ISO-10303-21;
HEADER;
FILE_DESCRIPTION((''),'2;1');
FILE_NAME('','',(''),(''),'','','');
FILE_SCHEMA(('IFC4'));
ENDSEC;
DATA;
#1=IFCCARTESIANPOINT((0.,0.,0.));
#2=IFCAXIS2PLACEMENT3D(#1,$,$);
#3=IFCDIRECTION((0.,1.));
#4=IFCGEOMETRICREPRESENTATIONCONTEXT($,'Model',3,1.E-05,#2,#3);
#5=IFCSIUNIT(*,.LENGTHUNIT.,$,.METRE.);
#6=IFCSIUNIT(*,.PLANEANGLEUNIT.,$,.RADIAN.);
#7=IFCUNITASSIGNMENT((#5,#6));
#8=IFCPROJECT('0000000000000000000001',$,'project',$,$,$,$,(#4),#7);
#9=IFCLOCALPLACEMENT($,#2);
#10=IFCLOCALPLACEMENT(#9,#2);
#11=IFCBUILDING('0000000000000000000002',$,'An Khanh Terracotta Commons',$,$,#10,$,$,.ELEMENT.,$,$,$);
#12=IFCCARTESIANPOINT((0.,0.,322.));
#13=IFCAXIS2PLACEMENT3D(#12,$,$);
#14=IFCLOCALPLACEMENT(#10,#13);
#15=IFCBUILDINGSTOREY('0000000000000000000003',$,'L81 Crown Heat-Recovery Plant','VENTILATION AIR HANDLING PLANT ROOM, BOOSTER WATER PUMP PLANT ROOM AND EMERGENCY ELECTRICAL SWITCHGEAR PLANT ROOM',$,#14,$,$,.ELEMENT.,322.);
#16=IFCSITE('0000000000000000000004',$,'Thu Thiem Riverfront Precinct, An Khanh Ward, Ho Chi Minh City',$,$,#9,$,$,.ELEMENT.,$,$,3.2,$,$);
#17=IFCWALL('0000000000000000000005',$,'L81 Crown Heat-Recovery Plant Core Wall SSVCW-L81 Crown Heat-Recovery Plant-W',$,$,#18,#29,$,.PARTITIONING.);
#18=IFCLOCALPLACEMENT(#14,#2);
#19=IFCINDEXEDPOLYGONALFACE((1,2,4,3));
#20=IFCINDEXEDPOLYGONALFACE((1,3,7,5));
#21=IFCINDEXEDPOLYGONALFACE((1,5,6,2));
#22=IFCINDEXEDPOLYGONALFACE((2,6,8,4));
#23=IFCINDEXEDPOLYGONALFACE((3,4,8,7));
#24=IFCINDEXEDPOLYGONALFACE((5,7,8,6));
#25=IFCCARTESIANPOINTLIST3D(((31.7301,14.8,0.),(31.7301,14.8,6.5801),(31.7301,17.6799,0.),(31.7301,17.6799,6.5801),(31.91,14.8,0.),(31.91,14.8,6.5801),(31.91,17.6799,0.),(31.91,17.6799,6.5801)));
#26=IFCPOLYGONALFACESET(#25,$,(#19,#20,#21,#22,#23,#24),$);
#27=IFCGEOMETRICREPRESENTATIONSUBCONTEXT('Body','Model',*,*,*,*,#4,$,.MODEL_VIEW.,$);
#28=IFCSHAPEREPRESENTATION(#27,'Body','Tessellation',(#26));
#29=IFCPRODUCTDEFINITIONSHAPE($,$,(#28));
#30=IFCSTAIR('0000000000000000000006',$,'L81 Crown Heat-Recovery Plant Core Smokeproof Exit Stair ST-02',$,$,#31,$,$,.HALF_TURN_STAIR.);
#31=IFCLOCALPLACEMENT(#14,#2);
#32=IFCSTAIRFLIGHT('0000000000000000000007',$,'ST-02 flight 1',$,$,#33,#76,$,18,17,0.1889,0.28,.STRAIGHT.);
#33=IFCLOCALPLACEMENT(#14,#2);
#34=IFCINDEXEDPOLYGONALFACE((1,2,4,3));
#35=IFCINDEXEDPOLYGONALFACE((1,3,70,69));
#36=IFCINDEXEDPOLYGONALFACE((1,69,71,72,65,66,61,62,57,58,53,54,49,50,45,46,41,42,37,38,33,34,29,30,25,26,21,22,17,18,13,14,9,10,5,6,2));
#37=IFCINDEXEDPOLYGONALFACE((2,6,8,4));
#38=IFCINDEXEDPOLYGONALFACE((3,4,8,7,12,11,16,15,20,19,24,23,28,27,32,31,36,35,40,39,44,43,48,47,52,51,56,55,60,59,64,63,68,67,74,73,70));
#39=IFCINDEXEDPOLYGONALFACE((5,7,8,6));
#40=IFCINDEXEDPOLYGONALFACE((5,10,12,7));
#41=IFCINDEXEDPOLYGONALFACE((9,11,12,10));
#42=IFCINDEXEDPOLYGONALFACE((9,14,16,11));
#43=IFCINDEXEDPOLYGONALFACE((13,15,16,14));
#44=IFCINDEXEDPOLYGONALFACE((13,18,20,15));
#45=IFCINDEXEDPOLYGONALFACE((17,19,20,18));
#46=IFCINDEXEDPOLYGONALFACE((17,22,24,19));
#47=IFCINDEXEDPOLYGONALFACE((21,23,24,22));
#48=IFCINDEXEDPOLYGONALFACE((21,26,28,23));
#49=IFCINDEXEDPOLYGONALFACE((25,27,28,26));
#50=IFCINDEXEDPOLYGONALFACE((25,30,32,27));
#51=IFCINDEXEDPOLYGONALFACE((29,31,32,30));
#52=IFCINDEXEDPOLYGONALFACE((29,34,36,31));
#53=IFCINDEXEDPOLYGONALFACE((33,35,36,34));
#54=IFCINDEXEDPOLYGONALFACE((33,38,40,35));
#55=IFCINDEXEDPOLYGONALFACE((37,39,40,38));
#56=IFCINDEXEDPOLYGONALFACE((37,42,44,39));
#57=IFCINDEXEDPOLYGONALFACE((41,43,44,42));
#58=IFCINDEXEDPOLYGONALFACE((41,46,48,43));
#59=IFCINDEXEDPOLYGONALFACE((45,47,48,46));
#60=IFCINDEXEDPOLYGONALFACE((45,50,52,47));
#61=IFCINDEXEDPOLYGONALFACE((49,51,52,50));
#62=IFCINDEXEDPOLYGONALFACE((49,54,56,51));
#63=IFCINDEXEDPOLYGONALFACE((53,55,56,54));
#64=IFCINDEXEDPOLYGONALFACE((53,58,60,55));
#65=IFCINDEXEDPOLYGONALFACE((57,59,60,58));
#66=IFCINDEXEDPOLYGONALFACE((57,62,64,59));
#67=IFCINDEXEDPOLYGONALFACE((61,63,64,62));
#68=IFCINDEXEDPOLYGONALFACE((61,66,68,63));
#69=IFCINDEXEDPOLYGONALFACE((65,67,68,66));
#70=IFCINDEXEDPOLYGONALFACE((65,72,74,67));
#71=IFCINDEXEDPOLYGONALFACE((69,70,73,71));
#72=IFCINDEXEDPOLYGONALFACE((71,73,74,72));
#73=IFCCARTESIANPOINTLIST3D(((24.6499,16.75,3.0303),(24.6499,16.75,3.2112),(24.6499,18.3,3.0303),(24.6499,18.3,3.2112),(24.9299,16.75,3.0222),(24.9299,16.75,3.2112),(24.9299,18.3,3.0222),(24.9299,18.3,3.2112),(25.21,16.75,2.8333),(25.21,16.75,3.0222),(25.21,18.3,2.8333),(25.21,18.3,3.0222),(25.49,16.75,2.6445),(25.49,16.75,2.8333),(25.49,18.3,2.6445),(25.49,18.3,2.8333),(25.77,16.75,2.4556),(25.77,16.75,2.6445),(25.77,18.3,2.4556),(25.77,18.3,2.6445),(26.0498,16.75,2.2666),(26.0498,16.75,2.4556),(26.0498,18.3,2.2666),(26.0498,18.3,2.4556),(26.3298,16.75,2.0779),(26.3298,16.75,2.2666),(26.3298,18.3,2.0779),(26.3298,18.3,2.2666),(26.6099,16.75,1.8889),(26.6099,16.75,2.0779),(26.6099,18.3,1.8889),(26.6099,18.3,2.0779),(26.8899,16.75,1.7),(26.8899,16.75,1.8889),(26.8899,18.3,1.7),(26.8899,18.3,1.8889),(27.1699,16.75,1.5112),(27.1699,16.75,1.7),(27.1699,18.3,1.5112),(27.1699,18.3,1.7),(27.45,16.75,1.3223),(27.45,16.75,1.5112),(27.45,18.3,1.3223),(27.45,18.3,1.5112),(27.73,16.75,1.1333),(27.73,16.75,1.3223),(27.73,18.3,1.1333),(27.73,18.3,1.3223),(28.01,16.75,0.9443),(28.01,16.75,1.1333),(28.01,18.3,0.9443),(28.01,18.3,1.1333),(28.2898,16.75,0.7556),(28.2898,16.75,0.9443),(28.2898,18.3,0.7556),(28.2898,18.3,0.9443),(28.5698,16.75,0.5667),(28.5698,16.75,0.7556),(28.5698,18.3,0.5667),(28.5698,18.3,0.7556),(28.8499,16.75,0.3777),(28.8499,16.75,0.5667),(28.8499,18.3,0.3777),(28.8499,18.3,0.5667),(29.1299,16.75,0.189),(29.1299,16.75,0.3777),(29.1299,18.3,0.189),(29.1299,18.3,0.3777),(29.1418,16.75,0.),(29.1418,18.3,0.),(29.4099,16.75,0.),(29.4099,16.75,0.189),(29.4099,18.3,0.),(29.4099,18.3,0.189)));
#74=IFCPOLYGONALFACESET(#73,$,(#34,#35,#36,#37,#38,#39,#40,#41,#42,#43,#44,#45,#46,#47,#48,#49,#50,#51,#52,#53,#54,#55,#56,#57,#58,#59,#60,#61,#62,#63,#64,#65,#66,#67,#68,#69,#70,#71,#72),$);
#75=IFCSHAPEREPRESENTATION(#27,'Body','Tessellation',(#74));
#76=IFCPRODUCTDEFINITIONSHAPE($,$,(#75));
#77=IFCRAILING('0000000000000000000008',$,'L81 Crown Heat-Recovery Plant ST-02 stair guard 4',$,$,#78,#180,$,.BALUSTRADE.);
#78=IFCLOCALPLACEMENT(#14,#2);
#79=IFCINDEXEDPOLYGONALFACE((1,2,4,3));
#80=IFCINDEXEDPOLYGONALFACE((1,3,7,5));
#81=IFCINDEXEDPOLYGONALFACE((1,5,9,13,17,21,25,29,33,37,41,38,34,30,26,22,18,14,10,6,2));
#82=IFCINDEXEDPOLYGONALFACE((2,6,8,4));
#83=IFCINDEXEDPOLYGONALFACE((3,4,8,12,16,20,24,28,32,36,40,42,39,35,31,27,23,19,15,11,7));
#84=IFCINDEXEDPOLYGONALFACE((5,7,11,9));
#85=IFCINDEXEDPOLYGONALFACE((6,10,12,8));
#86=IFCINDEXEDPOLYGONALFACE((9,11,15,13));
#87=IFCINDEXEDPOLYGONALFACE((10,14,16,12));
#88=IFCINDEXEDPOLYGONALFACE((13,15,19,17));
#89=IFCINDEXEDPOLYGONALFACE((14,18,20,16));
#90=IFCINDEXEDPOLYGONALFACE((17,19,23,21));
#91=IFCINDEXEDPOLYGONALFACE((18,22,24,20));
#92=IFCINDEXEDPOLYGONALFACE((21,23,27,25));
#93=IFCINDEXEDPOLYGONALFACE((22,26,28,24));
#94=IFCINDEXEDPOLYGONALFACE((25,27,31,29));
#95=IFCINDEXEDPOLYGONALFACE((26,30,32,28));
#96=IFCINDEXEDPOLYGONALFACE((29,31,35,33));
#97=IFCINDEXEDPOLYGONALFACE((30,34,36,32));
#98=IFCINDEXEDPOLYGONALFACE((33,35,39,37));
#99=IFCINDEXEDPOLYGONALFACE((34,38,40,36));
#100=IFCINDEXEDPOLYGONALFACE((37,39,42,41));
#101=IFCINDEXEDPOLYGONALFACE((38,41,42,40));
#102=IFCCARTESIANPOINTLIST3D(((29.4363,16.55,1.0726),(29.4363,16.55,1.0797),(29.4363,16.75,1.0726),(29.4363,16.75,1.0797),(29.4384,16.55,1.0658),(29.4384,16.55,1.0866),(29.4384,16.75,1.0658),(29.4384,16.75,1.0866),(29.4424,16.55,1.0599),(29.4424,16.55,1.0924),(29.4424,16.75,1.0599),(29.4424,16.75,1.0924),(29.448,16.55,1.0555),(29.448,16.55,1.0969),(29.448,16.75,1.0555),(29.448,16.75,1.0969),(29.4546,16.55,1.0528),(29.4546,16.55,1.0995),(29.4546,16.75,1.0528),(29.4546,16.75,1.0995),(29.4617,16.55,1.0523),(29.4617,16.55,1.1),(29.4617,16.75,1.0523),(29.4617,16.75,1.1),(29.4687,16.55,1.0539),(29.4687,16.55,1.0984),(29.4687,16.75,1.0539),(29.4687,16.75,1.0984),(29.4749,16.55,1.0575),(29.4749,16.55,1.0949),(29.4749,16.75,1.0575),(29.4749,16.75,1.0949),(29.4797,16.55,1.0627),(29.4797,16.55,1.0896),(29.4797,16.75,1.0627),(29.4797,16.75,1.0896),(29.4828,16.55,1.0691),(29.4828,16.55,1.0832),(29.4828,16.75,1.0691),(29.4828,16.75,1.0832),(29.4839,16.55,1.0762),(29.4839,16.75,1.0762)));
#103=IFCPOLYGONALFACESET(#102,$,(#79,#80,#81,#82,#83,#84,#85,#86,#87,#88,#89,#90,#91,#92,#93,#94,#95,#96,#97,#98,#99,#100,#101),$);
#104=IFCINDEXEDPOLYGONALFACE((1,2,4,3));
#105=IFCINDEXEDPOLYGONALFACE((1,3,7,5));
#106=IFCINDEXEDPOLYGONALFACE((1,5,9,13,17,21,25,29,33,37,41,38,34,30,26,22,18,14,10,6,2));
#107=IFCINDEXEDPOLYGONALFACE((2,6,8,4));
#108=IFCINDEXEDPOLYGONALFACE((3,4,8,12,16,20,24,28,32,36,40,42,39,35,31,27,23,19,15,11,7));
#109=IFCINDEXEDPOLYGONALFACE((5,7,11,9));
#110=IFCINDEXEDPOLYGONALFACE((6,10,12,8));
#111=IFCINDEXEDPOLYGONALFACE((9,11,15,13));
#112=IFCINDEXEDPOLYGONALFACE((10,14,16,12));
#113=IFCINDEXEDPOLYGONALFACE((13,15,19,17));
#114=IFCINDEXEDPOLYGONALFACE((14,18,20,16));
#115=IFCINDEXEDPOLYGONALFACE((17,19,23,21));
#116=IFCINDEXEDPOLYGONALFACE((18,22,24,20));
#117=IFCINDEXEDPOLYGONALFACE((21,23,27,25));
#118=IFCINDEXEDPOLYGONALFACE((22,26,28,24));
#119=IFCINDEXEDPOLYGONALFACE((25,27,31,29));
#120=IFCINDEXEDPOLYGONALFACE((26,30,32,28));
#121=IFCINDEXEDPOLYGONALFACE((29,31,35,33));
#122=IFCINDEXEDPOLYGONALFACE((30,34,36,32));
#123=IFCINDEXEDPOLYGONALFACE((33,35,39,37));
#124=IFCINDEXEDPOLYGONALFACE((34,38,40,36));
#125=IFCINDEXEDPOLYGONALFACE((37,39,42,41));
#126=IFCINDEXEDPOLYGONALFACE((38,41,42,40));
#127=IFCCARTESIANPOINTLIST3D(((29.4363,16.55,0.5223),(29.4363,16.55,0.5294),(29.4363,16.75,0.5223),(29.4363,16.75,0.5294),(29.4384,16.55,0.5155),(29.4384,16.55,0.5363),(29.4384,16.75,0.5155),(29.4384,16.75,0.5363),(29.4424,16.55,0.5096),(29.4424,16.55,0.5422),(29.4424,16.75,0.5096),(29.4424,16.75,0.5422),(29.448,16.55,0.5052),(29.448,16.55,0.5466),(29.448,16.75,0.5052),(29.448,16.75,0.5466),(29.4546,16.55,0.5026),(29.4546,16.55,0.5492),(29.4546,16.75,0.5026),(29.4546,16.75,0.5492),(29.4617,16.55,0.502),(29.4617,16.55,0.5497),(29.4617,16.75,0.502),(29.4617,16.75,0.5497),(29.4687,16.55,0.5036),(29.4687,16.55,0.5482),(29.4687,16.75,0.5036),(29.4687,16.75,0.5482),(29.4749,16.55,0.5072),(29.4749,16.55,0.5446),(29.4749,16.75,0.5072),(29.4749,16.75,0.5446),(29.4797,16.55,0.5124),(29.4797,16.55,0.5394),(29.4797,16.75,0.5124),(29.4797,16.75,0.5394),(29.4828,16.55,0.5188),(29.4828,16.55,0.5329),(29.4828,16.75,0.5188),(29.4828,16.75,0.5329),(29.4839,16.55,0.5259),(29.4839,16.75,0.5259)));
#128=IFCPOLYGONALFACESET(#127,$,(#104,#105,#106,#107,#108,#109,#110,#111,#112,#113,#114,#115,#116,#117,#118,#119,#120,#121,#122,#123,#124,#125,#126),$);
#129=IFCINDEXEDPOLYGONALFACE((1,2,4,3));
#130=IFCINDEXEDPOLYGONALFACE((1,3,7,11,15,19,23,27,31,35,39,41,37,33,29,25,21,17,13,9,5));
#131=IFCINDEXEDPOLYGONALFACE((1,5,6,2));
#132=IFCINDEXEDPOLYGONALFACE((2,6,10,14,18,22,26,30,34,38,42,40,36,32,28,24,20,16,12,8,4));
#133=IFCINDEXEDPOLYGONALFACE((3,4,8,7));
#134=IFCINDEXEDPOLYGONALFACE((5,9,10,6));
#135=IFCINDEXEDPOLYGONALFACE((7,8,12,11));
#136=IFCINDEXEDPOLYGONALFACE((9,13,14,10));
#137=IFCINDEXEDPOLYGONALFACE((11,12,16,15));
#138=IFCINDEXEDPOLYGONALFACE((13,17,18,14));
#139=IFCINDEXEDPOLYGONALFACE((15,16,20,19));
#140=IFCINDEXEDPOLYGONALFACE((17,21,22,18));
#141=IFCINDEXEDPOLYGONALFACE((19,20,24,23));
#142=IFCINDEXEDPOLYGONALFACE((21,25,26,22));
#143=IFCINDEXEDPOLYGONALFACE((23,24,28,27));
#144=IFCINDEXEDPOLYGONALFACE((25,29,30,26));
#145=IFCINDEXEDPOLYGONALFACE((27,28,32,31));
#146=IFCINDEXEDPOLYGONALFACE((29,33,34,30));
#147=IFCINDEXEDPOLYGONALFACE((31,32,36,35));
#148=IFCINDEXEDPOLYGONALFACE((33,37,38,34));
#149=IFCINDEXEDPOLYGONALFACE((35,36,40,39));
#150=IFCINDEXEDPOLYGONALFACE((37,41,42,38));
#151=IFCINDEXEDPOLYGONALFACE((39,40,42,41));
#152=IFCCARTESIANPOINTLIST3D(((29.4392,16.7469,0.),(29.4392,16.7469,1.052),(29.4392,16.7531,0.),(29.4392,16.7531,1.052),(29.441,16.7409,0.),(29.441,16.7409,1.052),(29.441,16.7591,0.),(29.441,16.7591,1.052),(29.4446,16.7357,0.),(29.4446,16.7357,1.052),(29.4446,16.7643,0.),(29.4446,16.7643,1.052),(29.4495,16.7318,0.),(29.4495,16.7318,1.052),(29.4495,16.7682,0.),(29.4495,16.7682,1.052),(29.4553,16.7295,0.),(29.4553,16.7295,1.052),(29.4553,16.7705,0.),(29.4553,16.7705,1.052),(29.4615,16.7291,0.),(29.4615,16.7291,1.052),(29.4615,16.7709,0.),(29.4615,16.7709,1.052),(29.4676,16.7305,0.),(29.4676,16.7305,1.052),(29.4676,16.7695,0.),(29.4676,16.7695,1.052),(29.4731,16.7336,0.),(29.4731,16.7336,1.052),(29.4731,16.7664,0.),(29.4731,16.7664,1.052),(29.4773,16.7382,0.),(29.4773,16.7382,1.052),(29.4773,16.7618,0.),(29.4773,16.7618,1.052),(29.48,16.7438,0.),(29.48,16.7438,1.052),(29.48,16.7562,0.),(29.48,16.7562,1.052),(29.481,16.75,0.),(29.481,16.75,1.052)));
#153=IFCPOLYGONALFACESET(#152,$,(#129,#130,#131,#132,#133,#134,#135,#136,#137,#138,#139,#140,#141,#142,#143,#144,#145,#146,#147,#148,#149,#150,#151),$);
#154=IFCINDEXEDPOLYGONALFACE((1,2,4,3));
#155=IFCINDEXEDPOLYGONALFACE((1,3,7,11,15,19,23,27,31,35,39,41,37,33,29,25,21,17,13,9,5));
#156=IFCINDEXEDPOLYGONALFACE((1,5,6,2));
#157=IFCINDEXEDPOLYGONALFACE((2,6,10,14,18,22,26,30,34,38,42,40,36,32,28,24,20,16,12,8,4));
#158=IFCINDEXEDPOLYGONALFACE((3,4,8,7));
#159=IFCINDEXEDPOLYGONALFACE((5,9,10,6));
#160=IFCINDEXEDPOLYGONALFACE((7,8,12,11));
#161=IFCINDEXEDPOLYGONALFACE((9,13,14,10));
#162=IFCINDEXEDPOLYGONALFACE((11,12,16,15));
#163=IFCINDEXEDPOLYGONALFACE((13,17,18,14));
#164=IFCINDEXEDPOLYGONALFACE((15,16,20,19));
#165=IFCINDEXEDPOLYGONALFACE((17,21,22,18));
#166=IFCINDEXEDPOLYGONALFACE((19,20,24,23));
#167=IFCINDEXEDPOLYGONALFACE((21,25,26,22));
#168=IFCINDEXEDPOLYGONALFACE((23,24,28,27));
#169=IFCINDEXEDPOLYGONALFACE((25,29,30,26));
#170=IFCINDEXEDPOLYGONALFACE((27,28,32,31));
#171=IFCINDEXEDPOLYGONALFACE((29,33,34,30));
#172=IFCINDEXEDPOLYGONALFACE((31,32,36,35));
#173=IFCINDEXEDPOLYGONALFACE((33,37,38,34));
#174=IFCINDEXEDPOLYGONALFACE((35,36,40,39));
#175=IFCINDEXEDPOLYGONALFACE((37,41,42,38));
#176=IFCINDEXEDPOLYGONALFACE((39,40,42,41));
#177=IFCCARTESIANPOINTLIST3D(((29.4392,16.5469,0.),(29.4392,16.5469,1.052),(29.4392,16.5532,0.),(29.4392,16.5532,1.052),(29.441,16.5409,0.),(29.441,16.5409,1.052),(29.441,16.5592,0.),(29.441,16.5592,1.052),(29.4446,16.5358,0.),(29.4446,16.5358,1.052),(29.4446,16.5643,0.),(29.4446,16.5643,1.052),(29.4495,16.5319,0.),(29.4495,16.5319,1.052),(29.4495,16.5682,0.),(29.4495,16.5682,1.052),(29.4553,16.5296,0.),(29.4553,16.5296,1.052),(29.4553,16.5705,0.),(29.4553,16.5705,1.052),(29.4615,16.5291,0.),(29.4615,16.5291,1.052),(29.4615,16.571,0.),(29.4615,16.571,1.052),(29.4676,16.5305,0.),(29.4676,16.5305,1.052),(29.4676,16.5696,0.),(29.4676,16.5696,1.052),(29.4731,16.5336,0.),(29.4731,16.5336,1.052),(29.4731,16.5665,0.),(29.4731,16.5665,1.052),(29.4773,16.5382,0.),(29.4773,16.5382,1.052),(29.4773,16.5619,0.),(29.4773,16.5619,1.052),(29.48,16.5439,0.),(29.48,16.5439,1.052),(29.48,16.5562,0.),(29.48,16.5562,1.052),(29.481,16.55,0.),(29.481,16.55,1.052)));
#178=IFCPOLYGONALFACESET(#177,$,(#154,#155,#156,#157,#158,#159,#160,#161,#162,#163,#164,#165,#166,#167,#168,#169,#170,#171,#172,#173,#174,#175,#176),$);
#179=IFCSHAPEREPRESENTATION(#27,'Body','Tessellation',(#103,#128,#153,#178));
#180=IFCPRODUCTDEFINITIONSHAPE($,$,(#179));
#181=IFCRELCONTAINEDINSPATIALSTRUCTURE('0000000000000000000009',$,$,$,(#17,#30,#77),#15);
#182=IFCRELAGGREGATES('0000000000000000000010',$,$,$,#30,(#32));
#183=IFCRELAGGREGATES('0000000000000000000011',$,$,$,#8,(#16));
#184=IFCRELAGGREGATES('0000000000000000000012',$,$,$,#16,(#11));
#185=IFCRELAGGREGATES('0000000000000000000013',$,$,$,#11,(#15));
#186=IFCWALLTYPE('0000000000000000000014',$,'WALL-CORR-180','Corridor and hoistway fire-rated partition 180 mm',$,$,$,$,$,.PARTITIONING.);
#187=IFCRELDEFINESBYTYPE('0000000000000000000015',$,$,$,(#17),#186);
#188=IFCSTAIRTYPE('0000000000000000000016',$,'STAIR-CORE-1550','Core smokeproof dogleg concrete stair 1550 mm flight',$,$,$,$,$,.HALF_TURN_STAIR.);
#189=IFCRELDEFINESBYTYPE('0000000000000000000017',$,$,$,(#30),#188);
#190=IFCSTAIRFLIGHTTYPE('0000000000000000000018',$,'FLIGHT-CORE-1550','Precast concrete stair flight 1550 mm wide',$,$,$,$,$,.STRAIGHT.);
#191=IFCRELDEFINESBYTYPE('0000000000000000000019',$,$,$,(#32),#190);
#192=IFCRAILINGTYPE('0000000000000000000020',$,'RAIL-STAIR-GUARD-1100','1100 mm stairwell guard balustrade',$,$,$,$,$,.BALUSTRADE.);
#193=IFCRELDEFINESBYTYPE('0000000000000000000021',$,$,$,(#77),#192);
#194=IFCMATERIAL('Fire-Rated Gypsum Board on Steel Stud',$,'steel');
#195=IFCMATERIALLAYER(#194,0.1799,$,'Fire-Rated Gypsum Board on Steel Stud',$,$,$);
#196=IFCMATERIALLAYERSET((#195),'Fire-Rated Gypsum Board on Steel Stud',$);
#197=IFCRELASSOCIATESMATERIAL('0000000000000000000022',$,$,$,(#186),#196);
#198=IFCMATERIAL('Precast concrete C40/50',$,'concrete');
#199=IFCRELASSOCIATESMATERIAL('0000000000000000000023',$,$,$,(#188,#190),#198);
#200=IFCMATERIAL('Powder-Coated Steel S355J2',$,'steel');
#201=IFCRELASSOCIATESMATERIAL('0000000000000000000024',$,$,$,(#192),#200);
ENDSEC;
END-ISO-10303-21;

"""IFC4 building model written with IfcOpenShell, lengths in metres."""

from ifc_helpers import new_model, si_unit, direction, frame, frame_2d, origin, origin_2d, place, context, subcontext, project, spatial, polyline, rectangle, circle, outline, extrude, material, layer, layer_set, type_object, element, aggregate, save


model = new_model("IFC4")

# Units and contexts
model_context = context("Model", 3, precision=1e-05, world=origin(), true_north=direction((0.0, 1.0)))
body_context = subcontext(model_context, "Body", "Model", "MODEL_VIEW")
ifc_project = project(units=[si_unit("LENGTHUNIT", "METRE"), si_unit("PLANEANGLEUNIT", "RADIAN")], contexts=[model_context])

# Site, building, storey
site_placement = place(None, origin())
site = spatial("IfcSite", under=ifc_project, at=site_placement, Name="Thu Thiem Riverfront Precinct, An Khanh Ward, Ho Chi Minh City", CompositionType="ELEMENT", RefElevation=3.2)
building_placement = place(site_placement, origin())
building = spatial("IfcBuilding", under=site, at=building_placement, Name="An Khanh Terracotta Commons", CompositionType="ELEMENT")
storey_placement = place(building_placement, frame((0.0, 0.0, 322.0)))
storey = spatial("IfcBuildingStorey", under=building, at=storey_placement, Name="L81 Crown Heat-Recovery Plant", Description="VENTILATION AIR HANDLING PLANT ROOM, BOOSTER WATER PUMP PLANT ROOM AND EMERGENCY ELECTRICAL SWITCHGEAR PLANT ROOM", CompositionType="ELEMENT", Elevation=322.0)

# Wall
ifc_material_1 = material(Name="Fire-Rated Gypsum Board on Steel Stud", Category="steel")
ifc_layer_1 = layer(ifc_material_1, 0.1799, Name="Fire-Rated Gypsum Board on Steel Stud")
ifc_layer_set_1 = layer_set([ifc_layer_1], Name="Fire-Rated Gypsum Board on Steel Stud")
wall_type_1 = type_object("IfcWallType", Name="WALL-CORR-180", Description="Corridor and hoistway fire-rated partition 180 mm", PredefinedType="PARTITIONING", material=ifc_layer_set_1)
wall_1_placement = place(storey_placement, frame((31.8201, 14.8, 0.0), z_axis=(0.0, 0.0, 1.0), x_axis=(0.0, 1.0, 0.0)))
element("IfcWall", 1, at=wall_1_placement, inside=storey, type_object=wall_type_1, Name="L81 Crown Heat-Recovery Plant Core Wall SSVCW-L81 Crown Heat-Recovery Plant-W", PredefinedType="PARTITIONING", context=body_context, shape_type="SweptSolid", body=[
    extrude(rectangle(XDim=2.8799, YDim=0.1799, at=frame_2d((1.4399, 0.0))), origin(), (0.0, 0.0, 1.0), 6.5801),
])

# Stair, stair flight
ifc_material_2 = material(Name="Precast concrete C40/50", Category="concrete")
stair_type = type_object("IfcStairType", Name="STAIR-CORE-1550", Description="Core smokeproof dogleg concrete stair 1550 mm flight", PredefinedType="HALF_TURN_STAIR", material=ifc_material_2)
stair_placement = place(storey_placement, origin())
stair = element("IfcStair", 2, at=stair_placement, inside=storey, type_object=stair_type, Name="L81 Crown Heat-Recovery Plant Core Smokeproof Exit Stair ST-02", PredefinedType="HALF_TURN_STAIR")
stair_flight_type = type_object("IfcStairFlightType", Name="FLIGHT-CORE-1550", Description="Precast concrete stair flight 1550 mm wide", PredefinedType="STRAIGHT", material=ifc_material_2)
stair_flight_placement = place(storey_placement, frame((29.4099, 17.5249, 0.0), z_axis=(0.0, 0.0, 1.0), x_axis=(-1.0, 0.0, 0.0)))
stair_flight = element("IfcStairFlight", 3, at=stair_flight_placement, type_object=stair_flight_type, Name="ST-02 flight 1", NumberOfRisers=18, NumberOfTreads=17, PredefinedType="STRAIGHT", RiserHeight=0.1889, TreadLength=0.28, context=body_context, shape_type="SweptSolid", body=[
    extrude(outline(polyline([(0.0, 0.0), (0.0, 0.189), (0.28, 0.189), (0.28, 0.3777), (0.5601, 0.3777), (0.5601, 0.5667), (0.8401, 0.5667), (0.8401, 0.7556), (1.1201, 0.7556), (1.1201, 0.9443), (1.3999, 0.9443), (1.3999, 1.1333), (1.6799, 1.1333), (1.6799, 1.3223), (1.96, 1.3223), (1.96, 1.5112), (2.24, 1.5112), (2.24, 1.7), (2.52, 1.7), (2.52, 1.8889), (2.8, 1.8889), (2.8, 2.0779), (3.0801, 2.0779), (3.0801, 2.2666), (3.3601, 2.2666), (3.3601, 2.4556), (3.6399, 2.4556), (3.6399, 2.6445), (3.9199, 2.6445), (3.9199, 2.8333), (4.2, 2.8333), (4.2, 3.0222), (4.48, 3.0222), (4.48, 3.2112), (4.76, 3.2112), (4.76, 3.3999), (4.76, 3.0303), (0.2681, 0.0), (0.0, 0.0)])), frame((0.0, 0.7749, 0.0), z_axis=(0.0, -1.0, 0.0), x_axis=(1.0, 0.0, 0.0)), (0.0, 0.0, 1.0), 1.55),
])
aggregate(stair, [stair_flight])

# Railing
ifc_material_3 = material(Name="Powder-Coated Steel S355J2", Category="steel")
railing_type_1 = type_object("IfcRailingType", Name="RAIL-STAIR-GUARD-1100", Description="1100 mm stairwell guard balustrade", PredefinedType="BALUSTRADE", material=ifc_material_3)
railing_1_placement = place(storey_placement, frame((29.46, 16.75, 0.0)))
element("IfcRailing", 4, at=railing_1_placement, inside=storey, type_object=railing_type_1, Name="L81 Crown Heat-Recovery Plant ST-02 stair guard 4", PredefinedType="BALUSTRADE", context=body_context, shape_type="SweptSolid", body=[
    extrude(circle(Radius=0.0239, at=origin_2d()), frame((0.0, 0.0, 1.0762), z_axis=(0.0, -1.0, 0.0), x_axis=(1.0, 0.0, 0.0)), (0.0, 0.0, 1.0), 0.2),
    extrude(circle(Radius=0.0239, at=origin_2d()), frame((0.0, 0.0, 0.5259), z_axis=(0.0, -1.0, 0.0), x_axis=(1.0, 0.0, 0.0)), (0.0, 0.0, 1.0), 0.2),
    extrude(circle(Radius=0.021, at=origin_2d()), origin(), (0.0, 0.0, 1.0), 1.052),
    extrude(circle(Radius=0.021, at=origin_2d()), frame((0.0, -0.2, 0.0)), (0.0, 0.0, 1.0), 1.052),
])

save(model, "model.ifc")
